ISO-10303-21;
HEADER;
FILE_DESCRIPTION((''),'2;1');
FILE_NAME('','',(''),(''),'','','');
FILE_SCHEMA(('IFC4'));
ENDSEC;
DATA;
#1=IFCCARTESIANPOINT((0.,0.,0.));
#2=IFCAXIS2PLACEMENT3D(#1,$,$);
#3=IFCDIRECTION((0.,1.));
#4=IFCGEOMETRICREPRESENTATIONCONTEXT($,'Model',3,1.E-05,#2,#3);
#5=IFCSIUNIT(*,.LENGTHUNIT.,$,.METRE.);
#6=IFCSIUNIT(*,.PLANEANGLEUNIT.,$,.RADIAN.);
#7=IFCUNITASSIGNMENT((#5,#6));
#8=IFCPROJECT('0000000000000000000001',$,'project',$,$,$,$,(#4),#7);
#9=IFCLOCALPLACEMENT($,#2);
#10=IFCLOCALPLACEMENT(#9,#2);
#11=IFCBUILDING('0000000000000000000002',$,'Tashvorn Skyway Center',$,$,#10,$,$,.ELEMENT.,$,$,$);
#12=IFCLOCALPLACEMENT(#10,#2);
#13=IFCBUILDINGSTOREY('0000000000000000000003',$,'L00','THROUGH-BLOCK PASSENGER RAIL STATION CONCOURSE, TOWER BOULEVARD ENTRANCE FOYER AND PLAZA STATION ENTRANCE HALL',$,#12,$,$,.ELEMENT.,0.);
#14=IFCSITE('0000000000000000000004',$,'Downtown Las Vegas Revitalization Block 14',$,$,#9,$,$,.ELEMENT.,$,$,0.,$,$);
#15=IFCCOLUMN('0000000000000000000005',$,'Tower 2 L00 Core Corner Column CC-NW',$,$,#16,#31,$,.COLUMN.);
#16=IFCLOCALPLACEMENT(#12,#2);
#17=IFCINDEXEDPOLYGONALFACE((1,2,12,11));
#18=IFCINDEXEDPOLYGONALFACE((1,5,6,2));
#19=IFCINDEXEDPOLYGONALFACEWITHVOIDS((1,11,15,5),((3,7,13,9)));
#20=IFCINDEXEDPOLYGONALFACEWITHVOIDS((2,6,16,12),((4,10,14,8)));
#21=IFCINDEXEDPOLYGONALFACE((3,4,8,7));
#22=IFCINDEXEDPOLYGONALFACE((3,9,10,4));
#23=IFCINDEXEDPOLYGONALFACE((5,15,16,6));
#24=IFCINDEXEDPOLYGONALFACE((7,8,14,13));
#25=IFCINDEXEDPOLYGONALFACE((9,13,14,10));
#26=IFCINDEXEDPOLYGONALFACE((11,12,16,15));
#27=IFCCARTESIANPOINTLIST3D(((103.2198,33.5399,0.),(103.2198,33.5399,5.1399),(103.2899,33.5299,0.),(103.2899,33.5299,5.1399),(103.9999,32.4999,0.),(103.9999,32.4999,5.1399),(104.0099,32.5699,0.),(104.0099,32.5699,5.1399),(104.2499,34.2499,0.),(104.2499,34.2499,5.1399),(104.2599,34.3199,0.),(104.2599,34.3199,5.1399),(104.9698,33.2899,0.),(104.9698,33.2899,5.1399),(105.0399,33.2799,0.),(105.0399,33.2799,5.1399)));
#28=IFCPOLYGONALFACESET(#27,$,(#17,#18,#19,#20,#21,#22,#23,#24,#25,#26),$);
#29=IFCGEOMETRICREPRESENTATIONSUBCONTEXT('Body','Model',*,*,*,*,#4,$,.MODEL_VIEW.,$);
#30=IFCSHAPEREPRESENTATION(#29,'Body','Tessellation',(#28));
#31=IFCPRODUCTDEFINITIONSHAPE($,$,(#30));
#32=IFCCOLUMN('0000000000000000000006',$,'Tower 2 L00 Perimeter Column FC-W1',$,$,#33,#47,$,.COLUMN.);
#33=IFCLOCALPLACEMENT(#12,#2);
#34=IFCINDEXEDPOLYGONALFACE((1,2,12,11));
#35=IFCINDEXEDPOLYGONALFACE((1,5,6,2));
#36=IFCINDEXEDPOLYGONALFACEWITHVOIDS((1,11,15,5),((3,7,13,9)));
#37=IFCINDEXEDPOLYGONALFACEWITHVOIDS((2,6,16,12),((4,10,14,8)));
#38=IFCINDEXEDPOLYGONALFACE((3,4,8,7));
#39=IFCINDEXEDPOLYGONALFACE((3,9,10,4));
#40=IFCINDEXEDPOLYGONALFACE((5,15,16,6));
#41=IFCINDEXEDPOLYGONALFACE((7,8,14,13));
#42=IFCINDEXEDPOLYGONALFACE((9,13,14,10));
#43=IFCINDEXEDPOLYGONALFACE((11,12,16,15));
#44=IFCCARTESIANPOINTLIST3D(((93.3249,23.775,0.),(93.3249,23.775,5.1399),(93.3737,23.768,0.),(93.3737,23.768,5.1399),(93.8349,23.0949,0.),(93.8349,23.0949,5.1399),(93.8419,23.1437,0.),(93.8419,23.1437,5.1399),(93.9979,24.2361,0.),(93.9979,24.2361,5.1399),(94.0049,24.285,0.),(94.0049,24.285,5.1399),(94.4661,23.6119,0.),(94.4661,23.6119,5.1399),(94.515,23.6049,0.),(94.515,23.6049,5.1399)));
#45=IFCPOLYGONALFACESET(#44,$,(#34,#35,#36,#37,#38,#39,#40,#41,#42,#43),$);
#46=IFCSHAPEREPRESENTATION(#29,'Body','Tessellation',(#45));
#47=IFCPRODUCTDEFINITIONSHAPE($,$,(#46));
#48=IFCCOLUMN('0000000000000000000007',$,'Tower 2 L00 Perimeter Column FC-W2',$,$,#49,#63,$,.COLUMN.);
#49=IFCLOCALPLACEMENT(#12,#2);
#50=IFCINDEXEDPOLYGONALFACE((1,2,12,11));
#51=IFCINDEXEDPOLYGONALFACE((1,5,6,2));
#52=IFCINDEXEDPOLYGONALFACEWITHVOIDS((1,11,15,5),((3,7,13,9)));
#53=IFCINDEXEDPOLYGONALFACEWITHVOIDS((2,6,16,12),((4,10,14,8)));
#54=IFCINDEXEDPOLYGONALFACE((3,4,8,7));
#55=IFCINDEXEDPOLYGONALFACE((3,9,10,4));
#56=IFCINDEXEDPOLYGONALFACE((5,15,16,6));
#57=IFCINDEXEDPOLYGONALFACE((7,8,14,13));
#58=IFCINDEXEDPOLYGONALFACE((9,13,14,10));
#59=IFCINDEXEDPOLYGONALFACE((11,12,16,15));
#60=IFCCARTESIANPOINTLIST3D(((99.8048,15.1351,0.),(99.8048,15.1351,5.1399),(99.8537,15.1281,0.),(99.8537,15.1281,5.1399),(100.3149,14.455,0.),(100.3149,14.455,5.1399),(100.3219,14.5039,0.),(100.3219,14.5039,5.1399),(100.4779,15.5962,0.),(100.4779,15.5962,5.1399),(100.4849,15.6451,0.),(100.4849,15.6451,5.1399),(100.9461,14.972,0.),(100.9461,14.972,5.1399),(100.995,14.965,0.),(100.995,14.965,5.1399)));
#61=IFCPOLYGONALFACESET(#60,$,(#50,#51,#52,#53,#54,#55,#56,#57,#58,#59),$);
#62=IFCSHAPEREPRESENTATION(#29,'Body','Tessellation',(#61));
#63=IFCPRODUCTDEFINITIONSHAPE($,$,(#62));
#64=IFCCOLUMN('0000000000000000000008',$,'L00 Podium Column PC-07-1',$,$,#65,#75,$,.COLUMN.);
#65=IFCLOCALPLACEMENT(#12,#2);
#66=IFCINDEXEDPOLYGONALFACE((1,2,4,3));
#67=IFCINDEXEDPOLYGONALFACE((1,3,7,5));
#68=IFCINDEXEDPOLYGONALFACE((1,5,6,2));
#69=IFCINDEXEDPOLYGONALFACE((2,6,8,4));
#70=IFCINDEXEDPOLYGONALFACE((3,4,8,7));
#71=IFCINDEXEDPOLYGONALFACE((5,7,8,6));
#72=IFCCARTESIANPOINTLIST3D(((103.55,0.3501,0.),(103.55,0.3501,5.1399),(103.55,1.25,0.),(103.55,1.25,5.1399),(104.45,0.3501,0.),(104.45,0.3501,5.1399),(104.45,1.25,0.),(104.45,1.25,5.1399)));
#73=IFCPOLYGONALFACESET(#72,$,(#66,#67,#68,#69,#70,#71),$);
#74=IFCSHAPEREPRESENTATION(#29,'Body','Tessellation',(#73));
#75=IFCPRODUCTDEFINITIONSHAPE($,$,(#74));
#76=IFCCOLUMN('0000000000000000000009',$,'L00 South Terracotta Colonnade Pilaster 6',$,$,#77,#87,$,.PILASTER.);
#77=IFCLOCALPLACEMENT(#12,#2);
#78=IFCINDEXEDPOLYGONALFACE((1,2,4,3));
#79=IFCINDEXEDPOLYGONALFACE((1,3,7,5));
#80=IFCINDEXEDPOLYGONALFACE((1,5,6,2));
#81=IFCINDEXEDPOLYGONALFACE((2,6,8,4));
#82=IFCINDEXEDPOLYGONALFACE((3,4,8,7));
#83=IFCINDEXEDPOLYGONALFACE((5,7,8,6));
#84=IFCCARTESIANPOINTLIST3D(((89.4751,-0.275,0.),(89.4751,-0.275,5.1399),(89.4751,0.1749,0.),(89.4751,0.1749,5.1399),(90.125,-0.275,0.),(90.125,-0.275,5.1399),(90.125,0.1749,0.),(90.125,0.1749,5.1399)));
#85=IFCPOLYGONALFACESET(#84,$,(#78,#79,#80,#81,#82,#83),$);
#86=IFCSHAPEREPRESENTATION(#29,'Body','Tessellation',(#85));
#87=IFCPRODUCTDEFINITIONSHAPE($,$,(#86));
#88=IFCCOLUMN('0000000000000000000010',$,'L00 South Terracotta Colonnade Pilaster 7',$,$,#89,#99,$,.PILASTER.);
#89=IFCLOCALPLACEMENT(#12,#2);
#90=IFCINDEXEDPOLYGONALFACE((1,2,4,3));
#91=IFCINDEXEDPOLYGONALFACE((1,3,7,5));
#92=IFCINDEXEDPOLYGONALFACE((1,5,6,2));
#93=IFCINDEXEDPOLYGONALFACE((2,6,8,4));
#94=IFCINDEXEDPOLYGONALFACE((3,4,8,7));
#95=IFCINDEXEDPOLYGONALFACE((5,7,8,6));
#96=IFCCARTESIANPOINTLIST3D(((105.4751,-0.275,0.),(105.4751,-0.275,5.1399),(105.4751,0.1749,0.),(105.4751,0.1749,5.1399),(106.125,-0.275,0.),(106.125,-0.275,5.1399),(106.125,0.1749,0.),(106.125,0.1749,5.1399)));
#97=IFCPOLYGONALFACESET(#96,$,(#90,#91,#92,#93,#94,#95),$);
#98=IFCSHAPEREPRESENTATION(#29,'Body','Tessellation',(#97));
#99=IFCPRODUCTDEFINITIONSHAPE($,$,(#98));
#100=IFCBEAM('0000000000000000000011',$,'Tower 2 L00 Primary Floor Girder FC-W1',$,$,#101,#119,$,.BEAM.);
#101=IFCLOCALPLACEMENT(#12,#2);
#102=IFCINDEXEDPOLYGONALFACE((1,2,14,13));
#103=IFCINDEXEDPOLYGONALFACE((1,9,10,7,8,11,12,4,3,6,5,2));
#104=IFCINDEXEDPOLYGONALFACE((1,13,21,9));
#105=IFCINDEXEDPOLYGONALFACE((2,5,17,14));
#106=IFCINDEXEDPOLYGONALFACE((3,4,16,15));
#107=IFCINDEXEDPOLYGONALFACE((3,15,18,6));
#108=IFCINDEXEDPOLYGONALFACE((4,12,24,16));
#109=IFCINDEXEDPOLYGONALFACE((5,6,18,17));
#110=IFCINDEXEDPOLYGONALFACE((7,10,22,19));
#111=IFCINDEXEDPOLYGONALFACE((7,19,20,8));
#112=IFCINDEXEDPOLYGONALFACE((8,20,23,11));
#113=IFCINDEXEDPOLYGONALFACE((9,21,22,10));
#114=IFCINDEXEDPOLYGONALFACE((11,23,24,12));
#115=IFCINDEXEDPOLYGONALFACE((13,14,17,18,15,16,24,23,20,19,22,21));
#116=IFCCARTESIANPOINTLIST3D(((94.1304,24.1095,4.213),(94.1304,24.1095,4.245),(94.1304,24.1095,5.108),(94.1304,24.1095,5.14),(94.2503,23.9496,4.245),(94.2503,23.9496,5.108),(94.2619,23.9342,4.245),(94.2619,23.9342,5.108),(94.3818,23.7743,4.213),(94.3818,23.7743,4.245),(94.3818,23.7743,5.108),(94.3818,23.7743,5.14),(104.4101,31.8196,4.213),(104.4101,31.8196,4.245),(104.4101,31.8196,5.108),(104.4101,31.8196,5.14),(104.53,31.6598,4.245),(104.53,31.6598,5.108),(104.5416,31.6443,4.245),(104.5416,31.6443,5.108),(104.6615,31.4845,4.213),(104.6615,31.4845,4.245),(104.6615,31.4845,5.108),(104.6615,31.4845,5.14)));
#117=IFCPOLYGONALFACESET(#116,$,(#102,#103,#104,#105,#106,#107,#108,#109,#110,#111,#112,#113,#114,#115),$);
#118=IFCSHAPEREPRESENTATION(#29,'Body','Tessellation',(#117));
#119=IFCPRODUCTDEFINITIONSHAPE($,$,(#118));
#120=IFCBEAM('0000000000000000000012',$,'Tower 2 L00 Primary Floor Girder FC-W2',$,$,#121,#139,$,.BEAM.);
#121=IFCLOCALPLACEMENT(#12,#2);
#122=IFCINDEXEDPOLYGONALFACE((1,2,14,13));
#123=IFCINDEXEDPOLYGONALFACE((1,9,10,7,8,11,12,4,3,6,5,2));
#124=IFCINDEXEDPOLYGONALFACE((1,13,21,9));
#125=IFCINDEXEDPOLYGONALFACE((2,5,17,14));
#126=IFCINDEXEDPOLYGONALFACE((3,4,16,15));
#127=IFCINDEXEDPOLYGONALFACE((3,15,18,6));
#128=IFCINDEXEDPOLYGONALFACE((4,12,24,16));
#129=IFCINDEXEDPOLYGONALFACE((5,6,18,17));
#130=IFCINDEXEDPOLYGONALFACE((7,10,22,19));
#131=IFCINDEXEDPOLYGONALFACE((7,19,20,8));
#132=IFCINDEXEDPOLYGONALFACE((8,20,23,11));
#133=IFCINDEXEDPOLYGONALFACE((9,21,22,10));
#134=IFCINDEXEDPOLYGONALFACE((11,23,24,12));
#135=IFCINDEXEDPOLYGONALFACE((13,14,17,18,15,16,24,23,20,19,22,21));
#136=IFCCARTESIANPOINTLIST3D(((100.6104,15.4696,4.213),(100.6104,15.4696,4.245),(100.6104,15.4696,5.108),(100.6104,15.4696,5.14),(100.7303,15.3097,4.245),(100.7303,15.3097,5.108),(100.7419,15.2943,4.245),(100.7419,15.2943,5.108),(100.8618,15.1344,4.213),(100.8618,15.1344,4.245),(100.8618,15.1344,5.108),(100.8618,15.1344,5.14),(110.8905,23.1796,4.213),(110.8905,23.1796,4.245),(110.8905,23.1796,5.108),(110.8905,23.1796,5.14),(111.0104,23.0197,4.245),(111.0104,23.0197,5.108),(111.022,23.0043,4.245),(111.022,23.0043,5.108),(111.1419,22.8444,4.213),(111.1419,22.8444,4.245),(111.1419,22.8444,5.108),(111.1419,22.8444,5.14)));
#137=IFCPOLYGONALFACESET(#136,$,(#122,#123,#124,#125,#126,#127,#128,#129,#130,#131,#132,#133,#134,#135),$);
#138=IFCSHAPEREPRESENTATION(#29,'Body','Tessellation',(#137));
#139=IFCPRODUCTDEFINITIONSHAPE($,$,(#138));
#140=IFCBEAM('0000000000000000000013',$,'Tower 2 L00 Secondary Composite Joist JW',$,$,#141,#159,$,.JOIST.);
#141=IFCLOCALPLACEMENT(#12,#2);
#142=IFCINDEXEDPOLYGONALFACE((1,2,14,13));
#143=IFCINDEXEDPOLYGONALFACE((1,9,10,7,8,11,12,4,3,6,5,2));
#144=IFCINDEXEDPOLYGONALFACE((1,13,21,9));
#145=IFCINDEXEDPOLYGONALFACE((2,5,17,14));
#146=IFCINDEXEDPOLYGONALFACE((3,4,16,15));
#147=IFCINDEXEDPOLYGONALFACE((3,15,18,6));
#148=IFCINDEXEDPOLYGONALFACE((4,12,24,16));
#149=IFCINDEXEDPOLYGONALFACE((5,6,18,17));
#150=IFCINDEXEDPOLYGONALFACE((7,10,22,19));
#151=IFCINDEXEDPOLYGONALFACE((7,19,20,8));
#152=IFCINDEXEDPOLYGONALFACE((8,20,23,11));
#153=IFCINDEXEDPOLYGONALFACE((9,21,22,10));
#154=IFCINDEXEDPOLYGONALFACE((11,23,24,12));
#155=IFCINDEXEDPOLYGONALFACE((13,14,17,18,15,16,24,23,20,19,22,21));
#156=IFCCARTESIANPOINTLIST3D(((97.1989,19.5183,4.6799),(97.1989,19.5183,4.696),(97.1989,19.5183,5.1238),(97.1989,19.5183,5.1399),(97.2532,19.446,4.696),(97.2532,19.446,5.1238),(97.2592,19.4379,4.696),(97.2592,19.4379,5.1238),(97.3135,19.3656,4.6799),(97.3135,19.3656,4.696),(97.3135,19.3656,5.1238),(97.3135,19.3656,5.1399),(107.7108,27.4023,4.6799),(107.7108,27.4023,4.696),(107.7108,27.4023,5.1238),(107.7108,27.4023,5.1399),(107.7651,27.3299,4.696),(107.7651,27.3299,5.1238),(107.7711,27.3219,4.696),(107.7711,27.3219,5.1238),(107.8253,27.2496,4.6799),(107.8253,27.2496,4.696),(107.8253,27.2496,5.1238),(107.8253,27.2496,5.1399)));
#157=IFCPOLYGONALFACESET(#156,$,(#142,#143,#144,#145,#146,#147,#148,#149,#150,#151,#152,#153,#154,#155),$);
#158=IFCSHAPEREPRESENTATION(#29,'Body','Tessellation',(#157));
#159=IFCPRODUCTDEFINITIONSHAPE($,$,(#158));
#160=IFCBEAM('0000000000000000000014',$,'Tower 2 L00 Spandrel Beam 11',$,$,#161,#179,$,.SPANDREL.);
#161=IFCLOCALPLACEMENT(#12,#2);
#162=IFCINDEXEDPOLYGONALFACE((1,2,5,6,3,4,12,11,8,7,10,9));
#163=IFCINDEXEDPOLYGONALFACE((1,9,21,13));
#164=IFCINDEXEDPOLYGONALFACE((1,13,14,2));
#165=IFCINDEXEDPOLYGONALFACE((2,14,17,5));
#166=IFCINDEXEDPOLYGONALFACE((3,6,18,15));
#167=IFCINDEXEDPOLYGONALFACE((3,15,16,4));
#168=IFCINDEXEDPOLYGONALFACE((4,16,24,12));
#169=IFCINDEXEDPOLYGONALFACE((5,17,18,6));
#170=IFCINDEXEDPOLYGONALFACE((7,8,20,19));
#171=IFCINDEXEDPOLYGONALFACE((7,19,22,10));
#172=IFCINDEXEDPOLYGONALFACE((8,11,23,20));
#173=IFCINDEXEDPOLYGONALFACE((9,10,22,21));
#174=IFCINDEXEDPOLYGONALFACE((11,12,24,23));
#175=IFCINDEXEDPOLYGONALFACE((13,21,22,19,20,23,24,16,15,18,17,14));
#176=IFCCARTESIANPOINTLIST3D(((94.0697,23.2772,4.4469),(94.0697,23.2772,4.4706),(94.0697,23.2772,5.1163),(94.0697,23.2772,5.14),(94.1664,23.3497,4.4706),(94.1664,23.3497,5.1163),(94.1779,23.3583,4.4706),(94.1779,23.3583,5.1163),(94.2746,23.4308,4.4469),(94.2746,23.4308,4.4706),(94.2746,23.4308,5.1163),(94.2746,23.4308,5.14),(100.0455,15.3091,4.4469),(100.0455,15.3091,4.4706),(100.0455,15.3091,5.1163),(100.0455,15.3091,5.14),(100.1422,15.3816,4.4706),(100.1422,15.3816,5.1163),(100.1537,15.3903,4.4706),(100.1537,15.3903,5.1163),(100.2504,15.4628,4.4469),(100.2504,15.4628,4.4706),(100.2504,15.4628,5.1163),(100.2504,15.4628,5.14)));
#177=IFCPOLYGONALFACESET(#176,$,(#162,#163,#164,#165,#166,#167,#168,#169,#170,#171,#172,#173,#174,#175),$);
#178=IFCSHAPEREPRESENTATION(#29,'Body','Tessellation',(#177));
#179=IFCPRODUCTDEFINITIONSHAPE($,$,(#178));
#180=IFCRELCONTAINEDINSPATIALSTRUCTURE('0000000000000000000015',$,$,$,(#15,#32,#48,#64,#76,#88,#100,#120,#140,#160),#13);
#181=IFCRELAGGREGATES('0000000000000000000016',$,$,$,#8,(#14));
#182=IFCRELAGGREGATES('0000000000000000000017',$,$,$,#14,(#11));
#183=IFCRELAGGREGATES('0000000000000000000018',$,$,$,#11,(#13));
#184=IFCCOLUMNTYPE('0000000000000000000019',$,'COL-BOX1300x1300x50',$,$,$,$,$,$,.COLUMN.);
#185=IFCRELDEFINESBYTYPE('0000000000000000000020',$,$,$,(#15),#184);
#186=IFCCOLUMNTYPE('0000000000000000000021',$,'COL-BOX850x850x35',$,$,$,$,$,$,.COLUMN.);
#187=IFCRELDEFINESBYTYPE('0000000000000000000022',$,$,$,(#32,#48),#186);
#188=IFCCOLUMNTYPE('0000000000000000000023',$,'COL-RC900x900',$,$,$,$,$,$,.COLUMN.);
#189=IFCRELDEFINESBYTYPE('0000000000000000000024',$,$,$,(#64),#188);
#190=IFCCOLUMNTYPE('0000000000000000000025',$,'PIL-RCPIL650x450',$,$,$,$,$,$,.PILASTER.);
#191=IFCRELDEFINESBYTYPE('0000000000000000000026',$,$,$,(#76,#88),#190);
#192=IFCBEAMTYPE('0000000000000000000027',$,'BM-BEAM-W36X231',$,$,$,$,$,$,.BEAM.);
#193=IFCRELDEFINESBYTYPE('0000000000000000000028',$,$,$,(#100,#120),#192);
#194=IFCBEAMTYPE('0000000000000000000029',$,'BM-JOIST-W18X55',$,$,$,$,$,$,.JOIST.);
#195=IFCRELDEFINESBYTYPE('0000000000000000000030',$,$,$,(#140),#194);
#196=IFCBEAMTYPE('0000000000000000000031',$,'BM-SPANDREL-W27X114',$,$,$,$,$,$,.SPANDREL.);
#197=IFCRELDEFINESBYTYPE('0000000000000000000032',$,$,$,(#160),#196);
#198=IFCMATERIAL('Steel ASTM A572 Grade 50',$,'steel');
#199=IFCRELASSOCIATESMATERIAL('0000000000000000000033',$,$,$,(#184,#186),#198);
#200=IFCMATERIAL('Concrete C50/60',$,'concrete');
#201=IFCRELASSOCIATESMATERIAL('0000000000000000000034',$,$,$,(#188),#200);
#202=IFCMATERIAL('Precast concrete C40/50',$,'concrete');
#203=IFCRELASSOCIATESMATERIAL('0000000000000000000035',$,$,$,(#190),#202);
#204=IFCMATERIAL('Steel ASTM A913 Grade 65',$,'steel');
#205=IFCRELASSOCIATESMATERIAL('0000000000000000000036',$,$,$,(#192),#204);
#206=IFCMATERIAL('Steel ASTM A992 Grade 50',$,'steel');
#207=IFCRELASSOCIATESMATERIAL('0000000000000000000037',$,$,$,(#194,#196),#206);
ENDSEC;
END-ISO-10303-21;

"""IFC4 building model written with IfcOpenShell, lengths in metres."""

from ifc_helpers import new_model, si_unit, direction, frame, origin, origin_2d, place, context, subcontext, project, spatial, rectangle, hollow_rectangle, i_section, extrude, material, material_profile, profile_set, type_object, element, save


model = new_model("IFC4")

# Units and contexts
model_context = context("Model", 3, precision=1e-05, world=origin(), true_north=direction((0.0, 1.0)))
body_context = subcontext(model_context, "Body", "Model", "MODEL_VIEW")
ifc_project = project(units=[si_unit("LENGTHUNIT", "METRE"), si_unit("PLANEANGLEUNIT", "RADIAN")], contexts=[model_context])

# Site, building, storey
site_placement = place(None, origin())
site = spatial("IfcSite", under=ifc_project, at=site_placement, Name="Downtown Las Vegas Revitalization Block 14", CompositionType="ELEMENT", RefElevation=0.0)
building_placement = place(site_placement, origin())
building = spatial("IfcBuilding", under=site, at=building_placement, Name="Tashvorn Skyway Center", CompositionType="ELEMENT")
storey_placement = place(building_placement, origin())
storey = spatial("IfcBuildingStorey", under=building, at=storey_placement, Name="L00", Description="THROUGH-BLOCK PASSENGER RAIL STATION CONCOURSE, TOWER BOULEVARD ENTRANCE FOYER AND PLAZA STATION ENTRANCE HALL", CompositionType="ELEMENT", Elevation=0.0)

# Columns
ifc_material_1 = material(Name="Steel ASTM A572 Grade 50", Category="steel")
ifc_material_profile_1 = material_profile(ifc_material_1, hollow_rectangle(XDim=1.3, YDim=1.3, WallThickness=0.05, at=origin_2d()), Name="BOX1300x1300x50")
ifc_profile_set_1 = profile_set([ifc_material_profile_1], Name="Steel ASTM A572 Grade 50")
column_type_1 = type_object("IfcColumnType", Name="COL-BOX1300x1300x50", PredefinedType="COLUMN", material=ifc_profile_set_1)
column_1_placement = place(storey_placement, frame((104.1299, 33.4099, 0.0), z_axis=(0.0, 0.0, 1.0), x_axis=(0.8, 0.6, 0.0)))
element("IfcColumn", 1, at=column_1_placement, inside=storey, type_object=column_type_1, Name="Tower 2 L00 Core Corner Column CC-NW", PredefinedType="COLUMN", context=body_context, shape_type="SweptSolid", body=[
    extrude(hollow_rectangle(XDim=1.3, YDim=1.3, WallThickness=0.05, at=origin_2d()), origin(), (0.0, 0.0, 1.0), 5.1399),
])
ifc_material_profile_2 = material_profile(ifc_material_1, hollow_rectangle(XDim=0.8501, YDim=0.8501, WallThickness=0.0349, at=origin_2d()), Name="BOX850x850x35")
ifc_profile_set_2 = profile_set([ifc_material_profile_2], Name="Steel ASTM A572 Grade 50")
column_type_2 = type_object("IfcColumnType", Name="COL-BOX850x850x35", PredefinedType="COLUMN", material=ifc_profile_set_2)
for number, where, z_axis, x_axis, name in (
    (2, (93.9199, 23.6899, 0.0), (0.0, 0.0, 1.0), (0.8, 0.6, 0.0), "Tower 2 L00 Perimeter Column FC-W1"),
    (3, (100.3999, 15.05, 0.0), (0.0, 0.0, 1.0), (0.8, 0.6, 0.0), "Tower 2 L00 Perimeter Column FC-W2"),
):
    element("IfcColumn", number, at=place(storey_placement, frame(where, z_axis=z_axis, x_axis=x_axis)), inside=storey, type_object=column_type_2, Name=name, PredefinedType="COLUMN", context=body_context, shape_type="SweptSolid", body=[
        extrude(hollow_rectangle(XDim=0.8501, YDim=0.8501, WallThickness=0.0349, at=origin_2d()), origin(), (0.0, 0.0, 1.0), 5.1399),
    ])
ifc_material_2 = material(Name="Concrete C50/60", Category="concrete")
ifc_material_profile_3 = material_profile(ifc_material_2, rectangle(XDim=0.8999, YDim=0.8999, at=origin_2d()), Name="RC900x900")
ifc_profile_set_3 = profile_set([ifc_material_profile_3], Name="Concrete C50/60")
column_type_3 = type_object("IfcColumnType", Name="COL-RC900x900", PredefinedType="COLUMN", material=ifc_profile_set_3)
column_2_placement = place(storey_placement, frame((104.0, 0.8, 0.0), z_axis=(0.0, 0.0, 1.0), x_axis=(1.0, 0.0, 0.0)))
element("IfcColumn", 4, at=column_2_placement, inside=storey, type_object=column_type_3, Name="L00 Podium Column PC-07-1", PredefinedType="COLUMN", context=body_context, shape_type="SweptSolid", body=[
    extrude(rectangle(XDim=0.8999, YDim=0.8999, at=origin_2d()), origin(), (0.0, 0.0, 1.0), 5.1399),
])
ifc_material_3 = material(Name="Precast concrete C40/50", Category="concrete")
ifc_material_profile_4 = material_profile(ifc_material_3, rectangle(XDim=0.6499, YDim=0.45, at=origin_2d()), Name="RCPIL650x450")
ifc_profile_set_4 = profile_set([ifc_material_profile_4], Name="Precast concrete C40/50")
column_type_4 = type_object("IfcColumnType", Name="PIL-RCPIL650x450", PredefinedType="PILASTER", material=ifc_profile_set_4)
for number, where, z_axis, x_axis, name in (
    (5, (89.8, -0.05, 0.0), (0.0, 0.0, 1.0), (1.0, 0.0, 0.0), "L00 South Terracotta Colonnade Pilaster 6"),
    (6, (105.8, -0.05, 0.0), (0.0, 0.0, 1.0), (1.0, 0.0, 0.0), "L00 South Terracotta Colonnade Pilaster 7"),
):
    element("IfcColumn", number, at=place(storey_placement, frame(where, z_axis=z_axis, x_axis=x_axis)), inside=storey, type_object=column_type_4, Name=name, PredefinedType="PILASTER", context=body_context, shape_type="SweptSolid", body=[
        extrude(rectangle(XDim=0.6499, YDim=0.45, at=origin_2d()), origin(), (0.0, 0.0, 1.0), 5.1399),
    ])

# Beams
ifc_material_4 = material(Name="Steel ASTM A913 Grade 65", Category="steel")
ifc_material_profile_5 = material_profile(ifc_material_4, i_section(OverallWidth=0.4189, OverallDepth=0.927, WebThickness=0.0193, FlangeThickness=0.032, at=origin_2d()), Name="W36X231")
ifc_profile_set_5 = profile_set([ifc_material_profile_5], Name="Steel ASTM A913 Grade 65")
beam_type_1 = type_object("IfcBeamType", Name="BM-BEAM-W36X231", PredefinedType="BEAM", material=ifc_profile_set_5)
beam_1_placement = place(storey_placement, frame((94.2561, 23.9419, 4.6765), z_axis=(0.799986, 0.600018, 0.0), x_axis=(-0.600018, 0.799986, 0.0)))
element("IfcBeam", 7, at=beam_1_placement, inside=storey, type_object=beam_type_1, Name="Tower 2 L00 Primary Floor Girder FC-W1", PredefinedType="BEAM", context=body_context, shape_type="SweptSolid", body=[
    extrude(i_section(OverallWidth=0.4189, OverallDepth=0.927, WebThickness=0.0193, FlangeThickness=0.032, at=origin_2d()), origin(), (0.0, 0.0, 1.0), 12.8499),
])
beam_2_placement = place(storey_placement, frame((100.7361, 15.302, 4.6765), z_axis=(0.800002, 0.599997, 0.0), x_axis=(-0.599997, 0.800002, 0.0)))
element("IfcBeam", 8, at=beam_2_placement, inside=storey, type_object=beam_type_1, Name="Tower 2 L00 Primary Floor Girder FC-W2", PredefinedType="BEAM", context=body_context, shape_type="SweptSolid", body=[
    extrude(i_section(OverallWidth=0.4189, OverallDepth=0.927, WebThickness=0.0193, FlangeThickness=0.032, at=origin_2d()), origin(), (0.0, 0.0, 1.0), 12.8501),
])
ifc_material_5 = material(Name="Steel ASTM A992 Grade 50", Category="steel")
ifc_material_profile_6 = material_profile(ifc_material_5, i_section(OverallWidth=0.1909, OverallDepth=0.46, WebThickness=0.01, FlangeThickness=0.0161, at=origin_2d()), Name="W18X55")
ifc_profile_set_6 = profile_set([ifc_material_profile_6], Name="Steel ASTM A992 Grade 50")
beam_type_2 = type_object("IfcBeamType", Name="BM-JOIST-W18X55", PredefinedType="JOIST", material=ifc_profile_set_6)
beam_3_placement = place(storey_placement, frame((107.7681, 27.3259, 4.9099), z_axis=(-0.799998, -0.600003, 0.0), x_axis=(0.600003, -0.799998, 0.0)))
element("IfcBeam", 9, at=beam_3_placement, inside=storey, type_object=beam_type_2, Name="Tower 2 L00 Secondary Composite Joist JW", PredefinedType="JOIST", context=body_context, shape_type="SweptSolid", body=[
    extrude(i_section(OverallWidth=0.1909, OverallDepth=0.46, WebThickness=0.01, FlangeThickness=0.0161, at=origin_2d()), origin(), (0.0, 0.0, 1.0), 13.1399),
])
ifc_material_profile_7 = material_profile(ifc_material_5, i_section(OverallWidth=0.2561, OverallDepth=0.6931, WebThickness=0.0144, FlangeThickness=0.0237, at=origin_2d()), Name="W27X114")
ifc_profile_set_7 = profile_set([ifc_material_profile_7], Name="Steel ASTM A992 Grade 50")
beam_type_3 = type_object("IfcBeamType", Name="BM-SPANDREL-W27X114", PredefinedType="SPANDREL", material=ifc_profile_set_7)
beam_4_placement = place(storey_placement, frame((94.1721, 23.354, 4.7935), z_axis=(0.599988, -0.800009, 0.0), x_axis=(0.800009, 0.599988, 0.0)))
element("IfcBeam", 10, at=beam_4_placement, inside=storey, type_object=beam_type_3, Name="Tower 2 L00 Spandrel Beam 11", PredefinedType="SPANDREL", context=body_context, shape_type="SweptSolid", body=[
    extrude(i_section(OverallWidth=0.2561, OverallDepth=0.6931, WebThickness=0.0144, FlangeThickness=0.0237, at=origin_2d()), origin(), (0.0, 0.0, 1.0), 9.96),
])

save(model, "model.ifc")
